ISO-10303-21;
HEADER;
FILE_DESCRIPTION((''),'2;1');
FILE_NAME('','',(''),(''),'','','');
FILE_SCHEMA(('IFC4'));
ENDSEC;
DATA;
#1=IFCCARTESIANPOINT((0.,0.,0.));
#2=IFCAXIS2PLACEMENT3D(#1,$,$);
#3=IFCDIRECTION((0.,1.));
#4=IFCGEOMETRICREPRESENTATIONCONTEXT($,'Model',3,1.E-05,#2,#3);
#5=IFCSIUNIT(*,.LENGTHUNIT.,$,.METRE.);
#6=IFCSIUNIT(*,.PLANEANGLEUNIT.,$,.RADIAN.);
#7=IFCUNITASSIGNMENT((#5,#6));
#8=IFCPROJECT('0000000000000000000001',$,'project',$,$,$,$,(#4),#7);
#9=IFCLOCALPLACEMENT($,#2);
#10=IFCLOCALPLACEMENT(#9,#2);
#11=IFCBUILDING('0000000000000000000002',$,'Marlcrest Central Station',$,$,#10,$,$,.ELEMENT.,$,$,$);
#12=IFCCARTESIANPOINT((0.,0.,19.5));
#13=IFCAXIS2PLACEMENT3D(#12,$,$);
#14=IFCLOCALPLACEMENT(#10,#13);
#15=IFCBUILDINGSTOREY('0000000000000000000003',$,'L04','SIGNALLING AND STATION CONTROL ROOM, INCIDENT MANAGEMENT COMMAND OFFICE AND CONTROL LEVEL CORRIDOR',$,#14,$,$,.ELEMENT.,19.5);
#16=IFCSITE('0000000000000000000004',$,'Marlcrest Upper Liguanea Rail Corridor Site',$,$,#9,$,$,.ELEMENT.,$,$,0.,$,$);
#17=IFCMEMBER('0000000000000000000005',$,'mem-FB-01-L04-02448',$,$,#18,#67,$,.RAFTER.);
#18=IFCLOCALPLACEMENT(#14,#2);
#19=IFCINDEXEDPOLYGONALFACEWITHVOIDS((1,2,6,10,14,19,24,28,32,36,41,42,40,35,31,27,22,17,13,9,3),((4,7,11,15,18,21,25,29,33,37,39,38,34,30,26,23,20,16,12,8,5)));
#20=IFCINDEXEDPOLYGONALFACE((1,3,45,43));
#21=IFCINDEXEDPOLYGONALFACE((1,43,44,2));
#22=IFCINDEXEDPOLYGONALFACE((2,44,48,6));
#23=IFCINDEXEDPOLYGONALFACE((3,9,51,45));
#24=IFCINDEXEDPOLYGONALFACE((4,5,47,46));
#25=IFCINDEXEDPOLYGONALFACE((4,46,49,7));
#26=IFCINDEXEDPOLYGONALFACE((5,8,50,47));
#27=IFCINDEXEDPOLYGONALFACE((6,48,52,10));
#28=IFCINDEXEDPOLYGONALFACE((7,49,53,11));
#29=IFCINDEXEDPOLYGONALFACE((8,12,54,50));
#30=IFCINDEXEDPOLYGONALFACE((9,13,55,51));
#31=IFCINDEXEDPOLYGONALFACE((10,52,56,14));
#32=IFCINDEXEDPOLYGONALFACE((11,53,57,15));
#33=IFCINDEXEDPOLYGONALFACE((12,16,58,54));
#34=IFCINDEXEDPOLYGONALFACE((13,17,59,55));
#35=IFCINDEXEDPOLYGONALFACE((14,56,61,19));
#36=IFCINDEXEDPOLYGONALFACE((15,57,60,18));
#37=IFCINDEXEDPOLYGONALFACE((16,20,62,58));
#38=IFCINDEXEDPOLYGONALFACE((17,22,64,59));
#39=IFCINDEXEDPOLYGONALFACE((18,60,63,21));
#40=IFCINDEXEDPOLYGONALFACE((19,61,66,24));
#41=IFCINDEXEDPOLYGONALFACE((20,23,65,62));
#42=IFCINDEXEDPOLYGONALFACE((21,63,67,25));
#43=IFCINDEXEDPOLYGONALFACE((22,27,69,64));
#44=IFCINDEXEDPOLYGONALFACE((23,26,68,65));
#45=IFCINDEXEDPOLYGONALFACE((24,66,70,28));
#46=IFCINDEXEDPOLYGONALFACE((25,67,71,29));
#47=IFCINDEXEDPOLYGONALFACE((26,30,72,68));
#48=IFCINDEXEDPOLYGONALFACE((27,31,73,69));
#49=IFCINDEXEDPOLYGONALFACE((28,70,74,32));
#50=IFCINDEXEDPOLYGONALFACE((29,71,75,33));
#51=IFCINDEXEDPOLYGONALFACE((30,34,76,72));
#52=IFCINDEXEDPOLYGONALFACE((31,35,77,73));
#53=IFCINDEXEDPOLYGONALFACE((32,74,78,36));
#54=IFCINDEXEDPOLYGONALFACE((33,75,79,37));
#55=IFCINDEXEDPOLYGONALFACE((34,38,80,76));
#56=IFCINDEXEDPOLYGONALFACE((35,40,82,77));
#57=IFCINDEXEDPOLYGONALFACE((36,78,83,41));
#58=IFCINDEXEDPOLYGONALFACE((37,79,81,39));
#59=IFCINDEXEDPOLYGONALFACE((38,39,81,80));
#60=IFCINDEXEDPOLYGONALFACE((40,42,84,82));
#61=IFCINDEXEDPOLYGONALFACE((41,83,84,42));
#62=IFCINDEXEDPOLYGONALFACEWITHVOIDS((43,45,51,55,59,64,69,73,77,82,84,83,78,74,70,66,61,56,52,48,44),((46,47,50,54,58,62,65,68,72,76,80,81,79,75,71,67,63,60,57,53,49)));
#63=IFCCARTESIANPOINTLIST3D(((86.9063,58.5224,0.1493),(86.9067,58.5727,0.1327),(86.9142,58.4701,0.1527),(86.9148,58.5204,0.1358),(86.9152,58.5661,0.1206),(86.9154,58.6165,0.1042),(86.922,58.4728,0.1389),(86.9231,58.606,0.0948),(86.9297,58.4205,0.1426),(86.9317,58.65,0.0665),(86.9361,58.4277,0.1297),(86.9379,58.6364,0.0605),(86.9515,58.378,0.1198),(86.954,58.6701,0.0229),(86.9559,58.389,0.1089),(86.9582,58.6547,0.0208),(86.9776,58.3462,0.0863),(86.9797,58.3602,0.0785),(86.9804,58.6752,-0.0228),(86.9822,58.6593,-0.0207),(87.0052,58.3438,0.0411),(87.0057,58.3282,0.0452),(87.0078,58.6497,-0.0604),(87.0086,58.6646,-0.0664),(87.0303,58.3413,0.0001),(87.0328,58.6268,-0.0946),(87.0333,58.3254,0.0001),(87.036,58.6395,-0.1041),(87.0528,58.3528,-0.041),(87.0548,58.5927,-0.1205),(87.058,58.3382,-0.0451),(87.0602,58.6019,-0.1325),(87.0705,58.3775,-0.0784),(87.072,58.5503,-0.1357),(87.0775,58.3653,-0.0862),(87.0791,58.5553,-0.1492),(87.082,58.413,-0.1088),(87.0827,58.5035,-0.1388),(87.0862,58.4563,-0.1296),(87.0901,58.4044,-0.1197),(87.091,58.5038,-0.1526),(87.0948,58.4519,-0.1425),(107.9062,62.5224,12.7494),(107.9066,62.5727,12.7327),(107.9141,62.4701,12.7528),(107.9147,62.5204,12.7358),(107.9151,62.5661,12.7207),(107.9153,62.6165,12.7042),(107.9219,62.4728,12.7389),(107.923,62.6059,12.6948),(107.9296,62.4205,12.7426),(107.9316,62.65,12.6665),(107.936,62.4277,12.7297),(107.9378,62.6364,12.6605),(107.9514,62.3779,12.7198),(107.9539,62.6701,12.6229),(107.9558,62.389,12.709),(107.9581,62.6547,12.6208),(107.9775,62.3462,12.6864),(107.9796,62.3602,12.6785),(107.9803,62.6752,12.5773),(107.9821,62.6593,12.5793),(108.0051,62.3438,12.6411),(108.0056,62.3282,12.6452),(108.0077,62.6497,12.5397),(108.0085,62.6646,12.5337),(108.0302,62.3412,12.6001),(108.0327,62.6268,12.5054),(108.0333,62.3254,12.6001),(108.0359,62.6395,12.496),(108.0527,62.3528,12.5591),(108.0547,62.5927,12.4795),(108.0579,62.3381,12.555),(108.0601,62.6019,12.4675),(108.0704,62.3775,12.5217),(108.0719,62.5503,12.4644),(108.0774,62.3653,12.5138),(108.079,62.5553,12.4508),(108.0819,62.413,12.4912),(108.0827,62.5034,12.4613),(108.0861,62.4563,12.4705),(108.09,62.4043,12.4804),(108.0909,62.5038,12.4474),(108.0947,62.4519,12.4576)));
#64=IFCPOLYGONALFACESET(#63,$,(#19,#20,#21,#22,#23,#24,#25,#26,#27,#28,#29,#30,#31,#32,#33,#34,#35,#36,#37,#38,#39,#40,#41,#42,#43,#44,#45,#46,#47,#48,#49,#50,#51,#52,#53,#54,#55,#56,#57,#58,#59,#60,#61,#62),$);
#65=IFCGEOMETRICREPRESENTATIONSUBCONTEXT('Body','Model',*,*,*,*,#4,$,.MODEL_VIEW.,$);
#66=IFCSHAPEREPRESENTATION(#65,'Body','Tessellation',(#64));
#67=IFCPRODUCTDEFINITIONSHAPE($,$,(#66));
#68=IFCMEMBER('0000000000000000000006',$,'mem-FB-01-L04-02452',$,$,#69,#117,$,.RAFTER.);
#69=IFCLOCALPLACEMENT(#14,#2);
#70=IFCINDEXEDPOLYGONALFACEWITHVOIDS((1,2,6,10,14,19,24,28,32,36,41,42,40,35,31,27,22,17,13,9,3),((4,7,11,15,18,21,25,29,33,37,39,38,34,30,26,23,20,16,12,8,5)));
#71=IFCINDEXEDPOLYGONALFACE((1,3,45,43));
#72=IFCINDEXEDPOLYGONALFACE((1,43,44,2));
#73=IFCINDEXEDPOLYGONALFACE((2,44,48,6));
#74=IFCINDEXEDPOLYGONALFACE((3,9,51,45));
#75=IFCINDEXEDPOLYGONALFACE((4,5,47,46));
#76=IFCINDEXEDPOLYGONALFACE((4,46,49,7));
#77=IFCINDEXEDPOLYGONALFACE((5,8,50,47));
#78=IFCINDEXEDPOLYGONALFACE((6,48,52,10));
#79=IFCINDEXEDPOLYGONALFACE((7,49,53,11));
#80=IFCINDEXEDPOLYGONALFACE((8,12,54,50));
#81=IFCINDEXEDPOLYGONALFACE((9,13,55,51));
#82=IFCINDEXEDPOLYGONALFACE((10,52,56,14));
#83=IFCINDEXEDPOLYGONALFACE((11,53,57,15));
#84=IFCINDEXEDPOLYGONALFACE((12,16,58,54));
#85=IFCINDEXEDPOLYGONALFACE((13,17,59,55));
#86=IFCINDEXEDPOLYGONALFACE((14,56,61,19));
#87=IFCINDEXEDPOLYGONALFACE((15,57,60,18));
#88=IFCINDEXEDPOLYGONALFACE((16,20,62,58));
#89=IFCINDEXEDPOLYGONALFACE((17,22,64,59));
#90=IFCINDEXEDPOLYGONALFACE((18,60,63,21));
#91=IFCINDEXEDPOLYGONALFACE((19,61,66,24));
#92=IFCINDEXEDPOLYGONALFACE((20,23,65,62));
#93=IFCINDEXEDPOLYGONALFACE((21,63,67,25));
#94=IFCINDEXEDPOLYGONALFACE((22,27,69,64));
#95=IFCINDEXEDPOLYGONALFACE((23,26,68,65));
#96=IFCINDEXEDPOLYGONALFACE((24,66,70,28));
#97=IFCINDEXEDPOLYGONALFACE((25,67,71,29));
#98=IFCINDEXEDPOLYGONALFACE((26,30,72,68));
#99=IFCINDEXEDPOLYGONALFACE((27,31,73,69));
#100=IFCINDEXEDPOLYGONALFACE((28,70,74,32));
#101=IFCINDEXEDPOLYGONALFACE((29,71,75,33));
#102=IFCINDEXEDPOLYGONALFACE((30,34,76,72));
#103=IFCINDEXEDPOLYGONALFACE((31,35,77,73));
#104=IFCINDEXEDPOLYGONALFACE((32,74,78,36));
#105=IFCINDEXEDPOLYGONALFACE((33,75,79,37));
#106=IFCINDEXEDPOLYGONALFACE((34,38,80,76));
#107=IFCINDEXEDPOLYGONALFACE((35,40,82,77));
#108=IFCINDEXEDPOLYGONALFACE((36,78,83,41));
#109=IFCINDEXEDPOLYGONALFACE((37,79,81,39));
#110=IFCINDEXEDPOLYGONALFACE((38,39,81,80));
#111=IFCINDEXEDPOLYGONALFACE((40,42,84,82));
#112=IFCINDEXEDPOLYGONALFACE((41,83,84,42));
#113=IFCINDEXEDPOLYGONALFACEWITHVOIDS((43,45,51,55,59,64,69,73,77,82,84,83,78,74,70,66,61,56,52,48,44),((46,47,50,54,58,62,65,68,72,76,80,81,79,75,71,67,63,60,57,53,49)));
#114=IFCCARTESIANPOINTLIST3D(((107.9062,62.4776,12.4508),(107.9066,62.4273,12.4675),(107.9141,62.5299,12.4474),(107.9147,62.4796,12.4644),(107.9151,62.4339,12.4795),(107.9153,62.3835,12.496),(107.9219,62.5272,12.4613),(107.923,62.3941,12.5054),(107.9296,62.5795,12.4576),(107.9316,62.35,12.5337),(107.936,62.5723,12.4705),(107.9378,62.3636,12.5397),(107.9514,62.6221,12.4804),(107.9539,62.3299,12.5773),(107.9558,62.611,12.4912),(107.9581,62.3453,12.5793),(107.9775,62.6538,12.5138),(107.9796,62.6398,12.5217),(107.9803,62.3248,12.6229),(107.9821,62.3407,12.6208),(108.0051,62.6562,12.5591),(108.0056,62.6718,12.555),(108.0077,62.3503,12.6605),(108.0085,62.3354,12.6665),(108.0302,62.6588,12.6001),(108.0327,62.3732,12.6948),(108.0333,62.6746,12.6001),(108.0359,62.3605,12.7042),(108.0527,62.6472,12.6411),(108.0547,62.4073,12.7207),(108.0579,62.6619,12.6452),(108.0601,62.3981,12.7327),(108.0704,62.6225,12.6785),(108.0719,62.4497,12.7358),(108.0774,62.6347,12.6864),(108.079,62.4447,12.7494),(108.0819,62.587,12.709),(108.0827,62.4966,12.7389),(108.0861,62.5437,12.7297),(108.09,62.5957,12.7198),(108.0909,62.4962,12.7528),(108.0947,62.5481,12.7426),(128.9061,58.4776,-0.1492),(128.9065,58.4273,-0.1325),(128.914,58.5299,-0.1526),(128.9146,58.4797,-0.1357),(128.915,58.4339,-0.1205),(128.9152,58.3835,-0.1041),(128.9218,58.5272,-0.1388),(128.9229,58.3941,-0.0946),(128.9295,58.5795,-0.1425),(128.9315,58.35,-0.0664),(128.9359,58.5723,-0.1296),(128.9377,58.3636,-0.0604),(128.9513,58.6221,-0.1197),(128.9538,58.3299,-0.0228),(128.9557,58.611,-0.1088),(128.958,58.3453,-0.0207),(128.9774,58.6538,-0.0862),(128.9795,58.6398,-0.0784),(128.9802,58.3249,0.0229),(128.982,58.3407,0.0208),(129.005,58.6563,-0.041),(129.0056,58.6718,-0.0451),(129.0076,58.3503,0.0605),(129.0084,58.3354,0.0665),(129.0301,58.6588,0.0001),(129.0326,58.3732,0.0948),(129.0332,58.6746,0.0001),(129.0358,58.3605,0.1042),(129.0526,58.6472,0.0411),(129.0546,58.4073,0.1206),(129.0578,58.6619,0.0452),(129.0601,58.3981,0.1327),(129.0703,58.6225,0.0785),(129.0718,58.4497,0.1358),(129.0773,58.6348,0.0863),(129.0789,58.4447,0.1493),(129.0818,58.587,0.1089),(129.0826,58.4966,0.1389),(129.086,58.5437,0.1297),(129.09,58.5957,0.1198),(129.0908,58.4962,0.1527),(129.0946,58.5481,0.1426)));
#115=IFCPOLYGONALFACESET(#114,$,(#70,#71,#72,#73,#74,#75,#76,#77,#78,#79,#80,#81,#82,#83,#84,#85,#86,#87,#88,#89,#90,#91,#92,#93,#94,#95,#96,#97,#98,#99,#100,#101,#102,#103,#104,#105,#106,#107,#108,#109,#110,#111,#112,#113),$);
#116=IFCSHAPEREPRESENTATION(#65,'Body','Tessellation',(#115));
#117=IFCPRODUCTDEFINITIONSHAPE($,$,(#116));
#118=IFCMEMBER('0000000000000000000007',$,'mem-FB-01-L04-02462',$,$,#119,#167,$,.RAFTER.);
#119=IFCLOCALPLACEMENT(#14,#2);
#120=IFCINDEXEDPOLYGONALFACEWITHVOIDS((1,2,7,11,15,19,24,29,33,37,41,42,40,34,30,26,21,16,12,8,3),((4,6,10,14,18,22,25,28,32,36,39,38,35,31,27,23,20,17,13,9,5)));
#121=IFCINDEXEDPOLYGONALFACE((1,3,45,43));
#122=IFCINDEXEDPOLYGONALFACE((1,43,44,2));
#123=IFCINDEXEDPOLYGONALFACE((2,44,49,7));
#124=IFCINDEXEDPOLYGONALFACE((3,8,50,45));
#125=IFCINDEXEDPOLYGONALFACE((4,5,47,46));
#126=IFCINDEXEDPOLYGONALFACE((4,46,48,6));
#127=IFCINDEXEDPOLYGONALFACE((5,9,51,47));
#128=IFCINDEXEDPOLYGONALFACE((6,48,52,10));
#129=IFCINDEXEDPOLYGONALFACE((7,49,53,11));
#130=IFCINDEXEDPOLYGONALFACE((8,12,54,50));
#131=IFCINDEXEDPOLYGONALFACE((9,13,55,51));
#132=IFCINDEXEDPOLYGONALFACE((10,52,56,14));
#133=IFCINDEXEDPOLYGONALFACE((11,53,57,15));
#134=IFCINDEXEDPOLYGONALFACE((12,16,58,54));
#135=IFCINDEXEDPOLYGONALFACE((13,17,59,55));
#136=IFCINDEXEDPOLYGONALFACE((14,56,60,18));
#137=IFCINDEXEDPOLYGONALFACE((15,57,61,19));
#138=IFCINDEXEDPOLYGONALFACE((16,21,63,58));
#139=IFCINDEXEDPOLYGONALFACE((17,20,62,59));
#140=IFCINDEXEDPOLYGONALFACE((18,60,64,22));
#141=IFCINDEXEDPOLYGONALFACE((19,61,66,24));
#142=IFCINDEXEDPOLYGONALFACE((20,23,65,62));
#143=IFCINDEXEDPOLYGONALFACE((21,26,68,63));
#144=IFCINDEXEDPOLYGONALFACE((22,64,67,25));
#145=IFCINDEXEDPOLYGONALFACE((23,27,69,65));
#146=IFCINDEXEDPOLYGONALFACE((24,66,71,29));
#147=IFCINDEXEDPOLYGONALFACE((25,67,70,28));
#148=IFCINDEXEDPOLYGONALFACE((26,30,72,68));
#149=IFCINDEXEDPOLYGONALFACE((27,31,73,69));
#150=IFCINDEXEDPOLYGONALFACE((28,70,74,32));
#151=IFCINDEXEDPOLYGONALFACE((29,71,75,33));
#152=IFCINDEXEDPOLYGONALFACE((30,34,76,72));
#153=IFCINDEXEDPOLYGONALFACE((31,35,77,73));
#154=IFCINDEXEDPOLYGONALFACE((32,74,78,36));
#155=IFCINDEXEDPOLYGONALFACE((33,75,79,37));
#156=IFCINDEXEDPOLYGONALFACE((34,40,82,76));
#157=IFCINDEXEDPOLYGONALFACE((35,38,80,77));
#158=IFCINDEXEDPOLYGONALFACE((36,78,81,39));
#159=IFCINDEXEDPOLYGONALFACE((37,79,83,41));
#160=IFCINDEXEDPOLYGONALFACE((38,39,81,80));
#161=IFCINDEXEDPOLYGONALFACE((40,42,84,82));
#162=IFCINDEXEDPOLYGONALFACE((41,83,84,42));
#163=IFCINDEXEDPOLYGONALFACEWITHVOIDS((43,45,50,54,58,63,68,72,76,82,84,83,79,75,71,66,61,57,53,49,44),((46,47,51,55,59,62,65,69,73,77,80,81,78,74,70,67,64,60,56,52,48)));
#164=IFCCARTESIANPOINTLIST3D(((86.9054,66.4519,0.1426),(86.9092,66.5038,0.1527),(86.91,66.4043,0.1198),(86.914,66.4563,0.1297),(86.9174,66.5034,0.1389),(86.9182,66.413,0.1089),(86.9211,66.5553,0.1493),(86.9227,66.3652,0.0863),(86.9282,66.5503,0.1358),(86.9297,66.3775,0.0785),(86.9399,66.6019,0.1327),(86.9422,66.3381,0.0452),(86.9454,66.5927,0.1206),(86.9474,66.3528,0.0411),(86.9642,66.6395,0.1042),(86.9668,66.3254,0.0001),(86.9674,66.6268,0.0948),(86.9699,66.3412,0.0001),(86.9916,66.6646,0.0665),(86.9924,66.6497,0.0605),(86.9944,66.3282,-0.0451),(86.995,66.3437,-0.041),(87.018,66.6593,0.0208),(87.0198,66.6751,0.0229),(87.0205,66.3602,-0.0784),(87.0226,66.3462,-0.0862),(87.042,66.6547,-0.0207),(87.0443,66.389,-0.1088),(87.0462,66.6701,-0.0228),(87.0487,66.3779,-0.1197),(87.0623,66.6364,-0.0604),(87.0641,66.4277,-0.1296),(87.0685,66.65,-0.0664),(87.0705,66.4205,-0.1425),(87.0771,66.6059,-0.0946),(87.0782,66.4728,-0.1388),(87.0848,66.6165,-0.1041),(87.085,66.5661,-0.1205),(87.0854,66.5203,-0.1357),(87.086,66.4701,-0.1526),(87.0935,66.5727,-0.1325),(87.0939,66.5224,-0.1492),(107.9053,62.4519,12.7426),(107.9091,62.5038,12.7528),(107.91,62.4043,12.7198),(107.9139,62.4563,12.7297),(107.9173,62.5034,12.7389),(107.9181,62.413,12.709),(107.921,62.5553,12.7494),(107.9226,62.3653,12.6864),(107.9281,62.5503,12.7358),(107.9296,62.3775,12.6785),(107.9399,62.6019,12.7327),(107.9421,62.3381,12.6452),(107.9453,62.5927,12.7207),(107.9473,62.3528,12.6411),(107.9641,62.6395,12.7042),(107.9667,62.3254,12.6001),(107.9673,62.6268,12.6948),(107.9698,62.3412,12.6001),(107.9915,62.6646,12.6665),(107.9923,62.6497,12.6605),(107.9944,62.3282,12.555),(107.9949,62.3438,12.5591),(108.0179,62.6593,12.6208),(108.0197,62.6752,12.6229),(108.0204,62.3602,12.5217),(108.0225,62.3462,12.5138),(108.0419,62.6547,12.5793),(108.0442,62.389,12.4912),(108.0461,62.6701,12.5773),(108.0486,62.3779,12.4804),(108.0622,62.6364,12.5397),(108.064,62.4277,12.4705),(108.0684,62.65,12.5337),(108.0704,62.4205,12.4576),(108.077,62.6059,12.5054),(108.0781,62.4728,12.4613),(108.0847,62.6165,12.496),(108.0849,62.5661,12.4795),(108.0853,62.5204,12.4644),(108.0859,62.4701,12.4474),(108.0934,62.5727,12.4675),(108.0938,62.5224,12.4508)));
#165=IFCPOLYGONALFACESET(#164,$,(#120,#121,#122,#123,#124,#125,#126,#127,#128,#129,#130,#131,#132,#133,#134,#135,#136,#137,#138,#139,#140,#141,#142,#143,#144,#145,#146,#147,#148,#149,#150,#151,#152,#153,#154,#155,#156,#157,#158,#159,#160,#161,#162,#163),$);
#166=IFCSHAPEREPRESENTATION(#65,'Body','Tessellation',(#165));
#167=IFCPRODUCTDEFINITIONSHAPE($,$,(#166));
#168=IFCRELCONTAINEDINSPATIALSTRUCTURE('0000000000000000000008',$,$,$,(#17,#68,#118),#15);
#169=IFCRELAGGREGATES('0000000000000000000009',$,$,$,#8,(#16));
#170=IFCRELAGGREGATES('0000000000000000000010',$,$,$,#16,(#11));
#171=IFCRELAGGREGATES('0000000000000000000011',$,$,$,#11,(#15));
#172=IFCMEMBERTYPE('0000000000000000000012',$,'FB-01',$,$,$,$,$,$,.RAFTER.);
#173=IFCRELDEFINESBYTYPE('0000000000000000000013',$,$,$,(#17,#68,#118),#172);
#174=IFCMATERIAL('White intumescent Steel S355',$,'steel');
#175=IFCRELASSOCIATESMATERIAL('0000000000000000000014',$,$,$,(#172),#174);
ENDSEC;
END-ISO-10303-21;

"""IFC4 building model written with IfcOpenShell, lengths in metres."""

from ifc_helpers import new_model, si_unit, direction, frame, origin, origin_2d, place, context, subcontext, project, spatial, hollow_circle, extrude, material, material_profile, profile_set, type_object, element, save


model = new_model("IFC4")

# Units and contexts
model_context = context("Model", 3, precision=1e-05, world=origin(), true_north=direction((0.0, 1.0)))
body_context = subcontext(model_context, "Body", "Model", "MODEL_VIEW")
ifc_project = project(units=[si_unit("LENGTHUNIT", "METRE"), si_unit("PLANEANGLEUNIT", "RADIAN")], contexts=[model_context])

# Site, building, storey
site_placement = place(None, origin())
site = spatial("IfcSite", under=ifc_project, at=site_placement, Name="Marlcrest Upper Liguanea Rail Corridor Site", CompositionType="ELEMENT", RefElevation=0.0)
building_placement = place(site_placement, origin())
building = spatial("IfcBuilding", under=site, at=building_placement, Name="Marlcrest Central Station", CompositionType="ELEMENT")
storey_placement = place(building_placement, frame((0.0, 0.0, 19.5)))
storey = spatial("IfcBuildingStorey", under=building, at=storey_placement, Name="L04", Description="SIGNALLING AND STATION CONTROL ROOM, INCIDENT MANAGEMENT COMMAND OFFICE AND CONTROL LEVEL CORRIDOR", CompositionType="ELEMENT", Elevation=19.5)

# Members
ifc_material_1 = material(Name="White intumescent Steel S355", Category="steel")
ifc_material_profile_1 = material_profile(ifc_material_1, hollow_circle(Radius=0.1777, WallThickness=0.0161, at=origin_2d()), Name="CHS 355.6x16")
ifc_profile_set_1 = profile_set([ifc_material_profile_1], Name="White intumescent Steel S355")
member_type_1 = type_object("IfcMemberType", Name="FB-01", PredefinedType="RAFTER", material=ifc_profile_set_1)
for number, where, z_axis, x_axis, name in (
    (1, (108.0, 62.5, 12.6001), (-0.846277, -0.161196, -0.50777), (0.187112, -0.982339, 0.0), "mem-FB-01-L04-02448"),
    (2, (108.0, 62.5, 12.6001), (0.846277, -0.161196, -0.50777), (0.187112, 0.982339, 0.0), "mem-FB-01-L04-02452"),
    (3, (108.0, 62.5, 12.6001), (-0.846277, 0.161196, -0.50777), (-0.187112, -0.982339, 0.0), "mem-FB-01-L04-02462"),
):
    element("IfcMember", number, at=place(storey_placement, frame(where, z_axis=z_axis, x_axis=x_axis)), inside=storey, type_object=member_type_1, Name=name, PredefinedType="RAFTER", context=body_context, shape_type="SweptSolid", body=[
        extrude(hollow_circle(Radius=0.1777, WallThickness=0.0161, at=origin_2d()), origin(), (0.0, 0.0, 1.0), 24.8145),
    ])

save(model, "model.ifc")
